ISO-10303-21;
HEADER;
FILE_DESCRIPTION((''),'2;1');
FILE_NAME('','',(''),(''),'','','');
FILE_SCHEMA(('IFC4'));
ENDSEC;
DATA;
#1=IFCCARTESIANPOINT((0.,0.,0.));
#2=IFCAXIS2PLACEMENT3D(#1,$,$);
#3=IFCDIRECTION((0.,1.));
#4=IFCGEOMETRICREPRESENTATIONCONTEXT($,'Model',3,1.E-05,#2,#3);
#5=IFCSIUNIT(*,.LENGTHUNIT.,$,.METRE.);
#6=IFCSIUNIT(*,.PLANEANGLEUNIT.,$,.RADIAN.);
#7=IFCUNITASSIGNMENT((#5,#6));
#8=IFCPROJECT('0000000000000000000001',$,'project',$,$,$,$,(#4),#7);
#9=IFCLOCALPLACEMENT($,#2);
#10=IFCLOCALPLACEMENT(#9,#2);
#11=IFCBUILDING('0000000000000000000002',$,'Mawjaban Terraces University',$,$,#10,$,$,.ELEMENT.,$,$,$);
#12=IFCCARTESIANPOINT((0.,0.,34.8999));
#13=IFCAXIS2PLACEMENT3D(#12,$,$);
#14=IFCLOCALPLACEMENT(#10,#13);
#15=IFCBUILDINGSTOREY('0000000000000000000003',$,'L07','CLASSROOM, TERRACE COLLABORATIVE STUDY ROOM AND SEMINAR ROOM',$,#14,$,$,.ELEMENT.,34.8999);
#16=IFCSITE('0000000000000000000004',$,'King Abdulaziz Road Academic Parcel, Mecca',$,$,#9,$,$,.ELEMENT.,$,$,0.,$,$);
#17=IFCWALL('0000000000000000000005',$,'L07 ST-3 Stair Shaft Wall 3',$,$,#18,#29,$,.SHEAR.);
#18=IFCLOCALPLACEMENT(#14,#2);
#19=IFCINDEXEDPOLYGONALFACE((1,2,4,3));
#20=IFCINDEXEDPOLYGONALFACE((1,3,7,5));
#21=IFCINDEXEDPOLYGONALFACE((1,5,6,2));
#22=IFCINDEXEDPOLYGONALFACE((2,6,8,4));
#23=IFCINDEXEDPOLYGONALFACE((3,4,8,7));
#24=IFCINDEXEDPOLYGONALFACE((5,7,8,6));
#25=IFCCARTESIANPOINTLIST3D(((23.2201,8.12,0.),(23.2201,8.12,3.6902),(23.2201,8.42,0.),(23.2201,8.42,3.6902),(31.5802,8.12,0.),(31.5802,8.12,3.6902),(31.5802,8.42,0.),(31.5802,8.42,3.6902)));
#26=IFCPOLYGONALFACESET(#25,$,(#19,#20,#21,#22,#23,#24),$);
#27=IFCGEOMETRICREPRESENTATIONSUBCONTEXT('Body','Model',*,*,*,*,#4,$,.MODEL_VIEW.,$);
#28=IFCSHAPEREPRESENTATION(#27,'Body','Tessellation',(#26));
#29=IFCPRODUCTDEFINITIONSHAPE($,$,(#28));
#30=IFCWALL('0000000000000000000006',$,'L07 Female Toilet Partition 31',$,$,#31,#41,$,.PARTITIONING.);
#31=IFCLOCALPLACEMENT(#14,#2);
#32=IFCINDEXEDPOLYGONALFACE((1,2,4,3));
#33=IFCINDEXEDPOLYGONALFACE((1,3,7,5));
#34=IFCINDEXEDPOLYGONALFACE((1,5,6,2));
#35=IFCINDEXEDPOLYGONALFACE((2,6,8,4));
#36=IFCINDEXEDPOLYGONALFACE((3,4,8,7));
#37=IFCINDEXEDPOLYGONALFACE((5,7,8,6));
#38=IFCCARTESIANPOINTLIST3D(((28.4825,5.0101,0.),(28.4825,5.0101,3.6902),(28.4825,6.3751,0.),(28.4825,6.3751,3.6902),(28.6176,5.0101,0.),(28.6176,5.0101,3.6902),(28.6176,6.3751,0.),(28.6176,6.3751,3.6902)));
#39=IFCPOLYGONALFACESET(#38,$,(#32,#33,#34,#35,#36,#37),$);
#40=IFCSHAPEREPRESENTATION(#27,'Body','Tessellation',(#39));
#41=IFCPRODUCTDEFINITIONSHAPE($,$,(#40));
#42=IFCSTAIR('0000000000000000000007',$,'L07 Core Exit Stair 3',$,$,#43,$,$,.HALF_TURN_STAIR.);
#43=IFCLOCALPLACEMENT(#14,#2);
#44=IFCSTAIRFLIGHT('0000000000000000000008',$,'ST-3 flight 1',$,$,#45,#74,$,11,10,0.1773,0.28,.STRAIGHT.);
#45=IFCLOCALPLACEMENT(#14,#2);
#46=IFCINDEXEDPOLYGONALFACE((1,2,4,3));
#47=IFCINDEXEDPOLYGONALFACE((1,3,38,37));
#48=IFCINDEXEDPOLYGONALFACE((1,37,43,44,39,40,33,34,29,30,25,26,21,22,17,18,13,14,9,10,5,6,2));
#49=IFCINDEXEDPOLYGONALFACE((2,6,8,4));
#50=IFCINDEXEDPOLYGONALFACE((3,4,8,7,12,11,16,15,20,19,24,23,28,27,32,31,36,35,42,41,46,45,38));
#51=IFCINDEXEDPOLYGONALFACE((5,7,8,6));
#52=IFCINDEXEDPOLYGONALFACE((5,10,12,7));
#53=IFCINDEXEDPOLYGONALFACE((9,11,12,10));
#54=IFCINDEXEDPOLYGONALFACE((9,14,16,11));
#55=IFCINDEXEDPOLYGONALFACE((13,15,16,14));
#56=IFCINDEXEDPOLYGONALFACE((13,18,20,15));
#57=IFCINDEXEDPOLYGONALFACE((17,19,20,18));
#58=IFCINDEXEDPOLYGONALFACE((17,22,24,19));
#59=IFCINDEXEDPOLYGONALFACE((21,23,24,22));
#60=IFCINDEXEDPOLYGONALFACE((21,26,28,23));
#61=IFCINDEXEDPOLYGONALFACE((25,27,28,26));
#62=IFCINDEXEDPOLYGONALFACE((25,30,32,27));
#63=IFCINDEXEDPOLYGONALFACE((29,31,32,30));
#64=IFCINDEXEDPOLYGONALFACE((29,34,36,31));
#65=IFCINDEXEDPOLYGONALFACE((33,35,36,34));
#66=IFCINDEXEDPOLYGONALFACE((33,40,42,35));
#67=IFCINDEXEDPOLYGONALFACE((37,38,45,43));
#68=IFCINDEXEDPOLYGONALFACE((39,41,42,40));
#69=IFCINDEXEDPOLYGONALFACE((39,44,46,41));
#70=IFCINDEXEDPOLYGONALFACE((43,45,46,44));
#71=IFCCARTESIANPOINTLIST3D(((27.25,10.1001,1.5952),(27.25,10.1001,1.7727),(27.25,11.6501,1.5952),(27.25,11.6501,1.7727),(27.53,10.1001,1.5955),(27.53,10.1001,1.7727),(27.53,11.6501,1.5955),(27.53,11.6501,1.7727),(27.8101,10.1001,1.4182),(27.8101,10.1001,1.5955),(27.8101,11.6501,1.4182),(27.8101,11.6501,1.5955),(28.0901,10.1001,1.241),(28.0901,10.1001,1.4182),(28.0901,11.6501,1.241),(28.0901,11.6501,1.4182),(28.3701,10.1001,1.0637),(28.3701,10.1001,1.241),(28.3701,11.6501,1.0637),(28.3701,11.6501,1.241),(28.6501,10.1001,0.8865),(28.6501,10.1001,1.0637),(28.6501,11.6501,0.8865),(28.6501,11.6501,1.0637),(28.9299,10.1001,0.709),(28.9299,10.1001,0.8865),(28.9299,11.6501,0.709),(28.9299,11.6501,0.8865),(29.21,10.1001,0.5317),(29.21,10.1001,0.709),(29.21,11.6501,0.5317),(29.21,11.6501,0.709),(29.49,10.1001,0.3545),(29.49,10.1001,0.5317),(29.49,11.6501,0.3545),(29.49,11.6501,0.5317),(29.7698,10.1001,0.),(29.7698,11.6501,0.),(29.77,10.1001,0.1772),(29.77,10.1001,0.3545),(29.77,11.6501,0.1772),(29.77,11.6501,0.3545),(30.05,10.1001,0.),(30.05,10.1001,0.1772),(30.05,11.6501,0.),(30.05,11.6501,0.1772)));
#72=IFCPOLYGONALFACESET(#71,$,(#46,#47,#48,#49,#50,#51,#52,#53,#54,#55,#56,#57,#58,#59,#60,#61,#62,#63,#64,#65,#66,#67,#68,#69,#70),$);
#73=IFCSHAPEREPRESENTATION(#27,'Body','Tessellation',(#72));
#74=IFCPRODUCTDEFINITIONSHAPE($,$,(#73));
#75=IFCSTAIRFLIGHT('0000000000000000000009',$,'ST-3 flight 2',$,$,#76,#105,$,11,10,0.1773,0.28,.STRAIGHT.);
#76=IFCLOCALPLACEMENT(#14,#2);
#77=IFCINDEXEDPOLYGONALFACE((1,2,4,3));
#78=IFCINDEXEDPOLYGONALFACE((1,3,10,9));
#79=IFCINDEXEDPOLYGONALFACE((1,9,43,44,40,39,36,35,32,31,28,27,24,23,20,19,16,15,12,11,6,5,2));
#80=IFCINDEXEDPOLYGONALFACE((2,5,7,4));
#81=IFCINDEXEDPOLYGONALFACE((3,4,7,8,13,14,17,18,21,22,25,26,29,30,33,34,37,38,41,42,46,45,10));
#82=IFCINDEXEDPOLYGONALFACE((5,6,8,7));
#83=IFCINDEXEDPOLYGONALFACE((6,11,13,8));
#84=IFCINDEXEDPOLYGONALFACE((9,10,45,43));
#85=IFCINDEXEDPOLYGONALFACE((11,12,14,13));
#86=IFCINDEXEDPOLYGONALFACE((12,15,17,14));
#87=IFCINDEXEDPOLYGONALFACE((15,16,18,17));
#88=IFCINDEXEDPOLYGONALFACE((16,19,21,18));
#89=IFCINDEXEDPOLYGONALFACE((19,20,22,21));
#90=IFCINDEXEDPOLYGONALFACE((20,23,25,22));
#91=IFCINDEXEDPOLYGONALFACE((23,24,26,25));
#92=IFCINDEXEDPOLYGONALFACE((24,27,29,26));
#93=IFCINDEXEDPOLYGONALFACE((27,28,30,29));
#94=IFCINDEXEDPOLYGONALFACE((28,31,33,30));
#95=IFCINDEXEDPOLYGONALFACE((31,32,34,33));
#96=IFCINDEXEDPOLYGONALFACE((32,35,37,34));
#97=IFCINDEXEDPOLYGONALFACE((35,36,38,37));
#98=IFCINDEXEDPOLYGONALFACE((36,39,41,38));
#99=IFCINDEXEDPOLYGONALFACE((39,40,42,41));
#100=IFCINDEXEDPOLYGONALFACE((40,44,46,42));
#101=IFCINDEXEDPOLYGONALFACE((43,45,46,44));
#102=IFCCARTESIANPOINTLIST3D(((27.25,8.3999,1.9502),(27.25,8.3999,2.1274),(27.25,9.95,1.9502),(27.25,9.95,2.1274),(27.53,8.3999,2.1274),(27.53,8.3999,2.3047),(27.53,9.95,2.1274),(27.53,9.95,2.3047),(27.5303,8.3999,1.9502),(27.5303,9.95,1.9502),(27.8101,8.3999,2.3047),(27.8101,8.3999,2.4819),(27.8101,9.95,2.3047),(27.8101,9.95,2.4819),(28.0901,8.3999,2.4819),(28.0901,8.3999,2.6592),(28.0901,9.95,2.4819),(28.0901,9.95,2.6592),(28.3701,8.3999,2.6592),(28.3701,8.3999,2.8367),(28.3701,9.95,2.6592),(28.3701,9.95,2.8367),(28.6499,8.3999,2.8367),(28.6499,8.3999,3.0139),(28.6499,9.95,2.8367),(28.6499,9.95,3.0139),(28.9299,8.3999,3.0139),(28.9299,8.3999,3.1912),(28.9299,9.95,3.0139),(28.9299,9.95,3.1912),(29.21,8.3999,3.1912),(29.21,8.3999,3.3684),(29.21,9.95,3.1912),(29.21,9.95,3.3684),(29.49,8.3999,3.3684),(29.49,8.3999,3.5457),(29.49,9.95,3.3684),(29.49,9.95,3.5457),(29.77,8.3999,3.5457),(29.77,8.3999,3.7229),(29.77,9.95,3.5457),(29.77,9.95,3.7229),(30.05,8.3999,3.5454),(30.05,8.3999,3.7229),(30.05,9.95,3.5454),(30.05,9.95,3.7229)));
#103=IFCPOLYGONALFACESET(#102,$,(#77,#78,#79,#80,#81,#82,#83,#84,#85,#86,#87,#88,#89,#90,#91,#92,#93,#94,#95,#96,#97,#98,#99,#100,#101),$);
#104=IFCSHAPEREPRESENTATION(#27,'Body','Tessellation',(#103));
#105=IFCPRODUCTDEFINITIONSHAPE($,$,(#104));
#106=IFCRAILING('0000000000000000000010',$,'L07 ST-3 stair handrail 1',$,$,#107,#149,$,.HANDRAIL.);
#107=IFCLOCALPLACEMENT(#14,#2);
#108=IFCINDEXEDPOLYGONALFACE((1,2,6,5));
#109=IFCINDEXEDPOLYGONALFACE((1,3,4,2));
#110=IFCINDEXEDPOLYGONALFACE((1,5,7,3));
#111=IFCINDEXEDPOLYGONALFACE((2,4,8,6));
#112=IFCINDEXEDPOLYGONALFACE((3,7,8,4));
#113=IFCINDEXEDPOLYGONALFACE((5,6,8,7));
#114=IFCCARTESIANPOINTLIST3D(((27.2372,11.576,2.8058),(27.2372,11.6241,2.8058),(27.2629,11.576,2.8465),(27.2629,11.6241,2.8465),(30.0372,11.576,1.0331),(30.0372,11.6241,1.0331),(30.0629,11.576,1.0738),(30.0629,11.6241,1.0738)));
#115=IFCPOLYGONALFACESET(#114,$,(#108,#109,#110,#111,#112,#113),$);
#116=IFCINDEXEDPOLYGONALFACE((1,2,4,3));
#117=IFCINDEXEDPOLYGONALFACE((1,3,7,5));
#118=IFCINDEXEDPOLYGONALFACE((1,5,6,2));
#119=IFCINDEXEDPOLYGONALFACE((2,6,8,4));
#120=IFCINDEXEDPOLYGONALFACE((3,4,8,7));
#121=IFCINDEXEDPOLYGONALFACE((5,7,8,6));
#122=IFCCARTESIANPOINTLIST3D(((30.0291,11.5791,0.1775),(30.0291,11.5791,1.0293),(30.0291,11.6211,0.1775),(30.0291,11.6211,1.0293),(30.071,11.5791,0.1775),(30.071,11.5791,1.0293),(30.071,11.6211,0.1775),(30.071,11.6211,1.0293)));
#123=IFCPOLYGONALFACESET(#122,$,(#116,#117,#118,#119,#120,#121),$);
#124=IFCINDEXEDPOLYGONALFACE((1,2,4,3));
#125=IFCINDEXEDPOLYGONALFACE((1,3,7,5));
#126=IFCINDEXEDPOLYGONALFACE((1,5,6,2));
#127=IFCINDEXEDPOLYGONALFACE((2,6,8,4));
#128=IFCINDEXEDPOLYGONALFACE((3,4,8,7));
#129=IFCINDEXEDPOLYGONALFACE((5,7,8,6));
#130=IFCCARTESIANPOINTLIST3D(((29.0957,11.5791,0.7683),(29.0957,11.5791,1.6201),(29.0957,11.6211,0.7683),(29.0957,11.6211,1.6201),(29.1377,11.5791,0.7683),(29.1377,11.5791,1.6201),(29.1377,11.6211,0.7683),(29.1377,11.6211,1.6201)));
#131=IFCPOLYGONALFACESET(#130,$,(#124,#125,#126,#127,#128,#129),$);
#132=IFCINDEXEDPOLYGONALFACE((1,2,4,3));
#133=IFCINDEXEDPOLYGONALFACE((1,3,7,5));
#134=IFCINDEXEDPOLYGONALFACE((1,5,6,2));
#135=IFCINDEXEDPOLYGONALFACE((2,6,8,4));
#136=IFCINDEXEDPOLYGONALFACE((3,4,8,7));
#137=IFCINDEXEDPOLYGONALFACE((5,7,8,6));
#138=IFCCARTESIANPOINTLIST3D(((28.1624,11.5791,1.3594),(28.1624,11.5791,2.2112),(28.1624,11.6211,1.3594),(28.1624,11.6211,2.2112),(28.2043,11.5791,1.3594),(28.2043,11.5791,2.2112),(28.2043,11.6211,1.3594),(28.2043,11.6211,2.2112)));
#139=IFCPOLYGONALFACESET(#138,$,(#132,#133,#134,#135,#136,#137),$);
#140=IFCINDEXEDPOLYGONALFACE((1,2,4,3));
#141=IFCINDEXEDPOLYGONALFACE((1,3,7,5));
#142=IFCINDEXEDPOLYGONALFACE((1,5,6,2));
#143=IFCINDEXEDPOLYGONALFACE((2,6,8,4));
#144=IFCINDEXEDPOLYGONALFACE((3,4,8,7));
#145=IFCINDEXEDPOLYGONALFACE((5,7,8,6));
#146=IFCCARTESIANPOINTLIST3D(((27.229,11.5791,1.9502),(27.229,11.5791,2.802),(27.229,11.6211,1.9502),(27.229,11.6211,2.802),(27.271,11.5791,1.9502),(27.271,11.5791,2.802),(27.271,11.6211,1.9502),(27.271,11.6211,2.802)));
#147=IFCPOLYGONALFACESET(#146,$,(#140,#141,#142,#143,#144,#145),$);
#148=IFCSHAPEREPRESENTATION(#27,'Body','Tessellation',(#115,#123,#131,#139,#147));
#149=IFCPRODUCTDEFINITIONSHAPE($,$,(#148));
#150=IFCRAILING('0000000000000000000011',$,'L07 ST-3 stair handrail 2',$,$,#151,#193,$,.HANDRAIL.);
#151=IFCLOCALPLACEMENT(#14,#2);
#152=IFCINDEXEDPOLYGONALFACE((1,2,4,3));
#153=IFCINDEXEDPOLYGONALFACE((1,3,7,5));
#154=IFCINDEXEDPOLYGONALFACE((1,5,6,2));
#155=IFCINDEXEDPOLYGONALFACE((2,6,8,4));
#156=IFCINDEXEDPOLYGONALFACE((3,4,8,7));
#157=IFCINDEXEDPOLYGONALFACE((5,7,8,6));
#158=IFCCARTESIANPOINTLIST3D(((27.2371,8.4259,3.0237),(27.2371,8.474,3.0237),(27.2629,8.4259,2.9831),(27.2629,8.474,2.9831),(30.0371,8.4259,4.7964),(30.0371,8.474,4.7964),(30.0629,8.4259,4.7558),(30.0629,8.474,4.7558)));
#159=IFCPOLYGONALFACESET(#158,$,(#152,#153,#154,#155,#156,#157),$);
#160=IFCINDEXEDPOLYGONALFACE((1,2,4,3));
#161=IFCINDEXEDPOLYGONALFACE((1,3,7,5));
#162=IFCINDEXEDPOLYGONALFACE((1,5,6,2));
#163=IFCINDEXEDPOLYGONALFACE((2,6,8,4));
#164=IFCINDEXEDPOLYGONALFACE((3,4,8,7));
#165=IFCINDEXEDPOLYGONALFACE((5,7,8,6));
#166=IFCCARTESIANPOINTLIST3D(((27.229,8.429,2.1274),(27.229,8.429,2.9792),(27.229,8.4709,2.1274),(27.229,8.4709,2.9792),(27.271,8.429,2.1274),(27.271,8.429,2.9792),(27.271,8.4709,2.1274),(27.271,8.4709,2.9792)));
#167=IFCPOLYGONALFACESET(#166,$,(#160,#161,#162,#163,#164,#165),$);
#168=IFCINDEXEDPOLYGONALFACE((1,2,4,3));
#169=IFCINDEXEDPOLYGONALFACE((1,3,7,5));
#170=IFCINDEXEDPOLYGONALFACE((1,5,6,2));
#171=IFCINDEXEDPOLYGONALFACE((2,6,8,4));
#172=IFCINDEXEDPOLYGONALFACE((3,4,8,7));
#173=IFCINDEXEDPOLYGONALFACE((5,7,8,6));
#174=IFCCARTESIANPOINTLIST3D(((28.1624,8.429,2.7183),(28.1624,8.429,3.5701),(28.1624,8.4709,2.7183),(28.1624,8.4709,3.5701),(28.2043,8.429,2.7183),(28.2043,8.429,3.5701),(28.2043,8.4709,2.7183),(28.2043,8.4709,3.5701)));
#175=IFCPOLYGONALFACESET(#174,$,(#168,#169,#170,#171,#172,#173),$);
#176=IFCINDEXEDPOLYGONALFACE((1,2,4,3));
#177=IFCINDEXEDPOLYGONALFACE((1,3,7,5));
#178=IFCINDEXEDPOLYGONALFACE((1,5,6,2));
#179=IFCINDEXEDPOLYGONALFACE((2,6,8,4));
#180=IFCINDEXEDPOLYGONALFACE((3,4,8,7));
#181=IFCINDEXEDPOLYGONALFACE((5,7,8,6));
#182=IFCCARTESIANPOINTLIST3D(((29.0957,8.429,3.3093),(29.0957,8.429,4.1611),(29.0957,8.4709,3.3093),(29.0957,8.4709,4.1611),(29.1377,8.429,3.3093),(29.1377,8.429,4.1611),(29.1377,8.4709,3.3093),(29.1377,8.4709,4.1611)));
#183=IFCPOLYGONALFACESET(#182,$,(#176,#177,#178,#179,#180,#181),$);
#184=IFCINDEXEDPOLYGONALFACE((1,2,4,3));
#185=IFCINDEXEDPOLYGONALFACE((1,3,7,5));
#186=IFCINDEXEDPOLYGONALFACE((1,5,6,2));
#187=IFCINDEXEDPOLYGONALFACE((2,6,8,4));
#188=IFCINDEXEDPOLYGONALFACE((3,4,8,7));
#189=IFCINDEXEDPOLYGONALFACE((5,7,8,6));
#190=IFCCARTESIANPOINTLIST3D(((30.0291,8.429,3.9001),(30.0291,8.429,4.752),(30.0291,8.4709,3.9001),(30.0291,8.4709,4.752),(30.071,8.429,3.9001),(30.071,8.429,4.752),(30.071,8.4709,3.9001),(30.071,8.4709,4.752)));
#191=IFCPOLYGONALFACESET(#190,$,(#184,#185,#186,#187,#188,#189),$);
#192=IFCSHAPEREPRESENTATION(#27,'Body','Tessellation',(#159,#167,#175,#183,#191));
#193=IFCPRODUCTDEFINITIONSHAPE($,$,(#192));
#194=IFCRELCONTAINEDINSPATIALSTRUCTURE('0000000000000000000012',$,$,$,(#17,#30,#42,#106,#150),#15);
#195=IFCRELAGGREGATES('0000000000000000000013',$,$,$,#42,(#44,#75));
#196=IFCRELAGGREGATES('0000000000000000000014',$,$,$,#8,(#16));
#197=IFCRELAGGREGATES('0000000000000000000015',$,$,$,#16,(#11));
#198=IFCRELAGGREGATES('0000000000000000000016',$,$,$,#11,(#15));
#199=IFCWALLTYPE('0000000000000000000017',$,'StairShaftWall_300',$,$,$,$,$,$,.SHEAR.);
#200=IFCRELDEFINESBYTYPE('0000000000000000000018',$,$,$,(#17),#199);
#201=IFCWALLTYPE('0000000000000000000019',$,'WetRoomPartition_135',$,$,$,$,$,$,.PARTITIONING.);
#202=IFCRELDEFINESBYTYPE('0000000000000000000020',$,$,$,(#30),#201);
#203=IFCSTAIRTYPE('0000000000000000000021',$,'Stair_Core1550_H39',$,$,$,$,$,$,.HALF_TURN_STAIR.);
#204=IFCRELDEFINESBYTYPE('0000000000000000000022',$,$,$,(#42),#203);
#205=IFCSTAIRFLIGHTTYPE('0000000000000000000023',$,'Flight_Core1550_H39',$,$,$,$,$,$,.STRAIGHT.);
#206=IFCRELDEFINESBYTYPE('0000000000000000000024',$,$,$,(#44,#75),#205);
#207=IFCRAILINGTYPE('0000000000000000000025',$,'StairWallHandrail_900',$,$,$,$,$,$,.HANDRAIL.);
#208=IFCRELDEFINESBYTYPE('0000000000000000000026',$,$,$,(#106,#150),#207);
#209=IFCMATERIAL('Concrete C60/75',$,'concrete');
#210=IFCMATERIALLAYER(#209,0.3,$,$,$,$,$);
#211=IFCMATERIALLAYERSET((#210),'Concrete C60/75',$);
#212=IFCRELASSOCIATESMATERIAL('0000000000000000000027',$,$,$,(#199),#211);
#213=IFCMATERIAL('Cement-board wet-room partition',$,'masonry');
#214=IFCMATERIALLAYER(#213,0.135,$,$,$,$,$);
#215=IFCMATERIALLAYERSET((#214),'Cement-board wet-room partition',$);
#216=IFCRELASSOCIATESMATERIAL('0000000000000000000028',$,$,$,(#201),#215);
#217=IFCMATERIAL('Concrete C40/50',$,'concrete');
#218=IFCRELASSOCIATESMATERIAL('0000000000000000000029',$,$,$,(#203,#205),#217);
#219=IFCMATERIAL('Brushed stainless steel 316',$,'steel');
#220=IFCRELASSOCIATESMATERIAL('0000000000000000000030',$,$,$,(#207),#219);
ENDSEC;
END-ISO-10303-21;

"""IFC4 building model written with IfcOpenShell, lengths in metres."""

from ifc_helpers import new_model, si_unit, direction, frame, frame_2d, origin, origin_2d, place, context, subcontext, project, spatial, polyline, rectangle, outline, extrude, material, layer, layer_set, type_object, element, aggregate, save


model = new_model("IFC4")

# Units and contexts
model_context = context("Model", 3, precision=1e-05, world=origin(), true_north=direction((0.0, 1.0)))
body_context = subcontext(model_context, "Body", "Model", "MODEL_VIEW")
ifc_project = project(units=[si_unit("LENGTHUNIT", "METRE"), si_unit("PLANEANGLEUNIT", "RADIAN")], contexts=[model_context])

# Site, building, storey
site_placement = place(None, origin())
site = spatial("IfcSite", under=ifc_project, at=site_placement, Name="King Abdulaziz Road Academic Parcel, Mecca", CompositionType="ELEMENT", RefElevation=0.0)
building_placement = place(site_placement, origin())
building = spatial("IfcBuilding", under=site, at=building_placement, Name="Mawjaban Terraces University", CompositionType="ELEMENT")
storey_placement = place(building_placement, frame((0.0, 0.0, 34.8999)))
storey = spatial("IfcBuildingStorey", under=building, at=storey_placement, Name="L07", Description="CLASSROOM, TERRACE COLLABORATIVE STUDY ROOM AND SEMINAR ROOM", CompositionType="ELEMENT", Elevation=34.8999)

# Shared definitions
ifc_material_1 = material(Name="Concrete C40/50", Category="concrete")

# Wall
ifc_material_2 = material(Name="Concrete C60/75", Category="concrete")
ifc_layer_1 = layer(ifc_material_2, 0.3)
ifc_layer_set_1 = layer_set([ifc_layer_1], Name="Concrete C60/75")
wall_type_1 = type_object("IfcWallType", Name="StairShaftWall_300", PredefinedType="SHEAR", material=ifc_layer_set_1)
for number, where, z_axis, x_axis, name in (
    (1, (23.22, 8.27, 0.0), (0.0, 0.0, 1.0), (1.0, 0.0, 0.0), "L07 ST-3 Stair Shaft Wall 3"),
):
    element("IfcWall", number, at=place(storey_placement, frame(where, z_axis=z_axis, x_axis=x_axis)), inside=storey, type_object=wall_type_1, Name=name, PredefinedType="SHEAR", context=body_context, shape_type="SweptSolid", body=[
        extrude(rectangle(XDim=8.3601, YDim=0.3, at=frame_2d((4.1802, 0.0))), origin(), (0.0, 0.0, 1.0), 3.6902),
    ])

# Wall
ifc_material_3 = material(Name="Cement-board wet-room partition", Category="masonry")
ifc_layer_2 = layer(ifc_material_3, 0.135)
ifc_layer_set_2 = layer_set([ifc_layer_2], Name="Cement-board wet-room partition")
wall_type_2 = type_object("IfcWallType", Name="WetRoomPartition_135", PredefinedType="PARTITIONING", material=ifc_layer_set_2)
wall_1_placement = place(storey_placement, frame((28.55, 5.01, 0.0), z_axis=(0.0, 0.0, 1.0), x_axis=(0.0, 1.0, 0.0)))
element("IfcWall", 2, at=wall_1_placement, inside=storey, type_object=wall_type_2, Name="L07 Female Toilet Partition 31", PredefinedType="PARTITIONING", context=body_context, shape_type="SweptSolid", body=[
    extrude(rectangle(XDim=1.365, YDim=0.135, at=frame_2d((0.6826, 0.0))), origin(), (0.0, 0.0, 1.0), 3.6902),
])

# Stair, stair flights
stair_type = type_object("IfcStairType", Name="Stair_Core1550_H39", PredefinedType="HALF_TURN_STAIR", material=ifc_material_1)
stair_placement = place(storey_placement, origin())
stair = element("IfcStair", 3, at=stair_placement, inside=storey, type_object=stair_type, Name="L07 Core Exit Stair 3", PredefinedType="HALF_TURN_STAIR")
stair_flight_type = type_object("IfcStairFlightType", Name="Flight_Core1550_H39", PredefinedType="STRAIGHT", material=ifc_material_1)
stair_flight_1_placement = place(storey_placement, frame((30.05, 10.875, 0.0), z_axis=(0.0, 0.0, 1.0), x_axis=(-1.0, 0.0, 0.0)))
stair_flight_1 = element("IfcStairFlight", 4, at=stair_flight_1_placement, type_object=stair_flight_type, Name="ST-3 flight 1", NumberOfRisers=11, NumberOfTreads=10, PredefinedType="STRAIGHT", RiserHeight=0.1773, TreadLength=0.28, context=body_context, shape_type="SweptSolid", body=[
    extrude(outline(polyline([(0.0, 0.0), (0.0, 0.1772), (0.28, 0.1772), (0.28, 0.3545), (0.5601, 0.3545), (0.5601, 0.5317), (0.8401, 0.5317), (0.8401, 0.709), (1.1201, 0.709), (1.1201, 0.8865), (1.3999, 0.8865), (1.3999, 1.0637), (1.6799, 1.0637), (1.6799, 1.241), (1.96, 1.241), (1.96, 1.4182), (2.24, 1.4182), (2.24, 1.5955), (2.52, 1.5955), (2.52, 1.7727), (2.8, 1.7727), (2.8, 1.95), (2.8, 1.5952), (0.2803, 0.0), (0.0, 0.0)])), frame((0.0, 0.7749, 0.0), z_axis=(0.0, -1.0, 0.0), x_axis=(1.0, 0.0, 0.0)), (0.0, 0.0, 1.0), 1.55),
])
stair_flight_2_placement = place(storey_placement, frame((27.25, 9.175, 1.9502), z_axis=(0.0, 0.0, 1.0), x_axis=(1.0, 0.0, 0.0)))
stair_flight_2 = element("IfcStairFlight", 5, at=stair_flight_2_placement, type_object=stair_flight_type, Name="ST-3 flight 2", NumberOfRisers=11, NumberOfTreads=10, PredefinedType="STRAIGHT", RiserHeight=0.1773, TreadLength=0.28, context=body_context, shape_type="SweptSolid", body=[
    extrude(outline(polyline([(0.0, 0.0), (0.0, 0.1772), (0.28, 0.1772), (0.28, 0.3545), (0.5601, 0.3545), (0.5601, 0.5317), (0.8401, 0.5317), (0.8401, 0.709), (1.1201, 0.709), (1.1201, 0.8865), (1.3999, 0.8865), (1.3999, 1.0637), (1.6799, 1.0637), (1.6799, 1.241), (1.96, 1.241), (1.96, 1.4182), (2.24, 1.4182), (2.24, 1.5955), (2.52, 1.5955), (2.52, 1.7727), (2.8, 1.7727), (2.8, 1.95), (2.8, 1.5952), (0.2803, 0.0), (0.0, 0.0)])), frame((0.0, 0.7749, 0.0), z_axis=(0.0, -1.0, 0.0), x_axis=(1.0, 0.0, 0.0)), (0.0, 0.0, 1.0), 1.55),
])
aggregate(stair, [stair_flight_1, stair_flight_2])

# Railings
ifc_material_4 = material(Name="Brushed stainless steel 316", Category="steel")
railing_type_1 = type_object("IfcRailingType", Name="StairWallHandrail_900", PredefinedType="HANDRAIL", material=ifc_material_4)
railing_1_placement = place(storey_placement, frame((30.05, 11.6001, 0.1775)))
element("IfcRailing", 6, at=railing_1_placement, inside=storey, type_object=railing_type_1, Name="L07 ST-3 stair handrail 1", PredefinedType="HANDRAIL", context=body_context, shape_type="SweptSolid", body=[
    extrude(rectangle(XDim=0.0481, YDim=0.0481, at=origin_2d()), frame((0.0, 0.0, 0.876), z_axis=(-0.844909, 0.0, 0.53491), x_axis=(0.0, -1.0, 0.0)), (0.0, 0.0, 1.0), 3.314),
    extrude(rectangle(XDim=0.042, YDim=0.042, at=origin_2d()), origin(), (0.0, 0.0, 1.0), 0.8518),
    extrude(rectangle(XDim=0.042, YDim=0.042, at=origin_2d()), frame((-0.9333, 0.0, 0.5908)), (0.0, 0.0, 1.0), 0.8518),
    extrude(rectangle(XDim=0.042, YDim=0.042, at=origin_2d()), frame((-1.8667, 0.0, 1.1819)), (0.0, 0.0, 1.0), 0.8518),
    extrude(rectangle(XDim=0.042, YDim=0.042, at=origin_2d()), frame((-2.8, 0.0, 1.7727)), (0.0, 0.0, 1.0), 0.8518),
])
railing_2_placement = place(storey_placement, frame((27.25, 8.45, 2.1274)))
element("IfcRailing", 7, at=railing_2_placement, inside=storey, type_object=railing_type_1, Name="L07 ST-3 stair handrail 2", PredefinedType="HANDRAIL", context=body_context, shape_type="SweptSolid", body=[
    extrude(rectangle(XDim=0.0481, YDim=0.0481, at=origin_2d()), frame((0.0, 0.0, 0.876), z_axis=(0.844909, 0.0, 0.53491), x_axis=(0.0, 1.0, 0.0)), (0.0, 0.0, 1.0), 3.314),
    extrude(rectangle(XDim=0.042, YDim=0.042, at=origin_2d()), origin(), (0.0, 0.0, 1.0), 0.8518),
    extrude(rectangle(XDim=0.042, YDim=0.042, at=origin_2d()), frame((0.9333, 0.0, 0.5908)), (0.0, 0.0, 1.0), 0.8518),
    extrude(rectangle(XDim=0.042, YDim=0.042, at=origin_2d()), frame((1.8667, 0.0, 1.1819)), (0.0, 0.0, 1.0), 0.8518),
    extrude(rectangle(XDim=0.042, YDim=0.042, at=origin_2d()), frame((2.8, 0.0, 1.7727)), (0.0, 0.0, 1.0), 0.8518),
])

save(model, "model.ifc")
